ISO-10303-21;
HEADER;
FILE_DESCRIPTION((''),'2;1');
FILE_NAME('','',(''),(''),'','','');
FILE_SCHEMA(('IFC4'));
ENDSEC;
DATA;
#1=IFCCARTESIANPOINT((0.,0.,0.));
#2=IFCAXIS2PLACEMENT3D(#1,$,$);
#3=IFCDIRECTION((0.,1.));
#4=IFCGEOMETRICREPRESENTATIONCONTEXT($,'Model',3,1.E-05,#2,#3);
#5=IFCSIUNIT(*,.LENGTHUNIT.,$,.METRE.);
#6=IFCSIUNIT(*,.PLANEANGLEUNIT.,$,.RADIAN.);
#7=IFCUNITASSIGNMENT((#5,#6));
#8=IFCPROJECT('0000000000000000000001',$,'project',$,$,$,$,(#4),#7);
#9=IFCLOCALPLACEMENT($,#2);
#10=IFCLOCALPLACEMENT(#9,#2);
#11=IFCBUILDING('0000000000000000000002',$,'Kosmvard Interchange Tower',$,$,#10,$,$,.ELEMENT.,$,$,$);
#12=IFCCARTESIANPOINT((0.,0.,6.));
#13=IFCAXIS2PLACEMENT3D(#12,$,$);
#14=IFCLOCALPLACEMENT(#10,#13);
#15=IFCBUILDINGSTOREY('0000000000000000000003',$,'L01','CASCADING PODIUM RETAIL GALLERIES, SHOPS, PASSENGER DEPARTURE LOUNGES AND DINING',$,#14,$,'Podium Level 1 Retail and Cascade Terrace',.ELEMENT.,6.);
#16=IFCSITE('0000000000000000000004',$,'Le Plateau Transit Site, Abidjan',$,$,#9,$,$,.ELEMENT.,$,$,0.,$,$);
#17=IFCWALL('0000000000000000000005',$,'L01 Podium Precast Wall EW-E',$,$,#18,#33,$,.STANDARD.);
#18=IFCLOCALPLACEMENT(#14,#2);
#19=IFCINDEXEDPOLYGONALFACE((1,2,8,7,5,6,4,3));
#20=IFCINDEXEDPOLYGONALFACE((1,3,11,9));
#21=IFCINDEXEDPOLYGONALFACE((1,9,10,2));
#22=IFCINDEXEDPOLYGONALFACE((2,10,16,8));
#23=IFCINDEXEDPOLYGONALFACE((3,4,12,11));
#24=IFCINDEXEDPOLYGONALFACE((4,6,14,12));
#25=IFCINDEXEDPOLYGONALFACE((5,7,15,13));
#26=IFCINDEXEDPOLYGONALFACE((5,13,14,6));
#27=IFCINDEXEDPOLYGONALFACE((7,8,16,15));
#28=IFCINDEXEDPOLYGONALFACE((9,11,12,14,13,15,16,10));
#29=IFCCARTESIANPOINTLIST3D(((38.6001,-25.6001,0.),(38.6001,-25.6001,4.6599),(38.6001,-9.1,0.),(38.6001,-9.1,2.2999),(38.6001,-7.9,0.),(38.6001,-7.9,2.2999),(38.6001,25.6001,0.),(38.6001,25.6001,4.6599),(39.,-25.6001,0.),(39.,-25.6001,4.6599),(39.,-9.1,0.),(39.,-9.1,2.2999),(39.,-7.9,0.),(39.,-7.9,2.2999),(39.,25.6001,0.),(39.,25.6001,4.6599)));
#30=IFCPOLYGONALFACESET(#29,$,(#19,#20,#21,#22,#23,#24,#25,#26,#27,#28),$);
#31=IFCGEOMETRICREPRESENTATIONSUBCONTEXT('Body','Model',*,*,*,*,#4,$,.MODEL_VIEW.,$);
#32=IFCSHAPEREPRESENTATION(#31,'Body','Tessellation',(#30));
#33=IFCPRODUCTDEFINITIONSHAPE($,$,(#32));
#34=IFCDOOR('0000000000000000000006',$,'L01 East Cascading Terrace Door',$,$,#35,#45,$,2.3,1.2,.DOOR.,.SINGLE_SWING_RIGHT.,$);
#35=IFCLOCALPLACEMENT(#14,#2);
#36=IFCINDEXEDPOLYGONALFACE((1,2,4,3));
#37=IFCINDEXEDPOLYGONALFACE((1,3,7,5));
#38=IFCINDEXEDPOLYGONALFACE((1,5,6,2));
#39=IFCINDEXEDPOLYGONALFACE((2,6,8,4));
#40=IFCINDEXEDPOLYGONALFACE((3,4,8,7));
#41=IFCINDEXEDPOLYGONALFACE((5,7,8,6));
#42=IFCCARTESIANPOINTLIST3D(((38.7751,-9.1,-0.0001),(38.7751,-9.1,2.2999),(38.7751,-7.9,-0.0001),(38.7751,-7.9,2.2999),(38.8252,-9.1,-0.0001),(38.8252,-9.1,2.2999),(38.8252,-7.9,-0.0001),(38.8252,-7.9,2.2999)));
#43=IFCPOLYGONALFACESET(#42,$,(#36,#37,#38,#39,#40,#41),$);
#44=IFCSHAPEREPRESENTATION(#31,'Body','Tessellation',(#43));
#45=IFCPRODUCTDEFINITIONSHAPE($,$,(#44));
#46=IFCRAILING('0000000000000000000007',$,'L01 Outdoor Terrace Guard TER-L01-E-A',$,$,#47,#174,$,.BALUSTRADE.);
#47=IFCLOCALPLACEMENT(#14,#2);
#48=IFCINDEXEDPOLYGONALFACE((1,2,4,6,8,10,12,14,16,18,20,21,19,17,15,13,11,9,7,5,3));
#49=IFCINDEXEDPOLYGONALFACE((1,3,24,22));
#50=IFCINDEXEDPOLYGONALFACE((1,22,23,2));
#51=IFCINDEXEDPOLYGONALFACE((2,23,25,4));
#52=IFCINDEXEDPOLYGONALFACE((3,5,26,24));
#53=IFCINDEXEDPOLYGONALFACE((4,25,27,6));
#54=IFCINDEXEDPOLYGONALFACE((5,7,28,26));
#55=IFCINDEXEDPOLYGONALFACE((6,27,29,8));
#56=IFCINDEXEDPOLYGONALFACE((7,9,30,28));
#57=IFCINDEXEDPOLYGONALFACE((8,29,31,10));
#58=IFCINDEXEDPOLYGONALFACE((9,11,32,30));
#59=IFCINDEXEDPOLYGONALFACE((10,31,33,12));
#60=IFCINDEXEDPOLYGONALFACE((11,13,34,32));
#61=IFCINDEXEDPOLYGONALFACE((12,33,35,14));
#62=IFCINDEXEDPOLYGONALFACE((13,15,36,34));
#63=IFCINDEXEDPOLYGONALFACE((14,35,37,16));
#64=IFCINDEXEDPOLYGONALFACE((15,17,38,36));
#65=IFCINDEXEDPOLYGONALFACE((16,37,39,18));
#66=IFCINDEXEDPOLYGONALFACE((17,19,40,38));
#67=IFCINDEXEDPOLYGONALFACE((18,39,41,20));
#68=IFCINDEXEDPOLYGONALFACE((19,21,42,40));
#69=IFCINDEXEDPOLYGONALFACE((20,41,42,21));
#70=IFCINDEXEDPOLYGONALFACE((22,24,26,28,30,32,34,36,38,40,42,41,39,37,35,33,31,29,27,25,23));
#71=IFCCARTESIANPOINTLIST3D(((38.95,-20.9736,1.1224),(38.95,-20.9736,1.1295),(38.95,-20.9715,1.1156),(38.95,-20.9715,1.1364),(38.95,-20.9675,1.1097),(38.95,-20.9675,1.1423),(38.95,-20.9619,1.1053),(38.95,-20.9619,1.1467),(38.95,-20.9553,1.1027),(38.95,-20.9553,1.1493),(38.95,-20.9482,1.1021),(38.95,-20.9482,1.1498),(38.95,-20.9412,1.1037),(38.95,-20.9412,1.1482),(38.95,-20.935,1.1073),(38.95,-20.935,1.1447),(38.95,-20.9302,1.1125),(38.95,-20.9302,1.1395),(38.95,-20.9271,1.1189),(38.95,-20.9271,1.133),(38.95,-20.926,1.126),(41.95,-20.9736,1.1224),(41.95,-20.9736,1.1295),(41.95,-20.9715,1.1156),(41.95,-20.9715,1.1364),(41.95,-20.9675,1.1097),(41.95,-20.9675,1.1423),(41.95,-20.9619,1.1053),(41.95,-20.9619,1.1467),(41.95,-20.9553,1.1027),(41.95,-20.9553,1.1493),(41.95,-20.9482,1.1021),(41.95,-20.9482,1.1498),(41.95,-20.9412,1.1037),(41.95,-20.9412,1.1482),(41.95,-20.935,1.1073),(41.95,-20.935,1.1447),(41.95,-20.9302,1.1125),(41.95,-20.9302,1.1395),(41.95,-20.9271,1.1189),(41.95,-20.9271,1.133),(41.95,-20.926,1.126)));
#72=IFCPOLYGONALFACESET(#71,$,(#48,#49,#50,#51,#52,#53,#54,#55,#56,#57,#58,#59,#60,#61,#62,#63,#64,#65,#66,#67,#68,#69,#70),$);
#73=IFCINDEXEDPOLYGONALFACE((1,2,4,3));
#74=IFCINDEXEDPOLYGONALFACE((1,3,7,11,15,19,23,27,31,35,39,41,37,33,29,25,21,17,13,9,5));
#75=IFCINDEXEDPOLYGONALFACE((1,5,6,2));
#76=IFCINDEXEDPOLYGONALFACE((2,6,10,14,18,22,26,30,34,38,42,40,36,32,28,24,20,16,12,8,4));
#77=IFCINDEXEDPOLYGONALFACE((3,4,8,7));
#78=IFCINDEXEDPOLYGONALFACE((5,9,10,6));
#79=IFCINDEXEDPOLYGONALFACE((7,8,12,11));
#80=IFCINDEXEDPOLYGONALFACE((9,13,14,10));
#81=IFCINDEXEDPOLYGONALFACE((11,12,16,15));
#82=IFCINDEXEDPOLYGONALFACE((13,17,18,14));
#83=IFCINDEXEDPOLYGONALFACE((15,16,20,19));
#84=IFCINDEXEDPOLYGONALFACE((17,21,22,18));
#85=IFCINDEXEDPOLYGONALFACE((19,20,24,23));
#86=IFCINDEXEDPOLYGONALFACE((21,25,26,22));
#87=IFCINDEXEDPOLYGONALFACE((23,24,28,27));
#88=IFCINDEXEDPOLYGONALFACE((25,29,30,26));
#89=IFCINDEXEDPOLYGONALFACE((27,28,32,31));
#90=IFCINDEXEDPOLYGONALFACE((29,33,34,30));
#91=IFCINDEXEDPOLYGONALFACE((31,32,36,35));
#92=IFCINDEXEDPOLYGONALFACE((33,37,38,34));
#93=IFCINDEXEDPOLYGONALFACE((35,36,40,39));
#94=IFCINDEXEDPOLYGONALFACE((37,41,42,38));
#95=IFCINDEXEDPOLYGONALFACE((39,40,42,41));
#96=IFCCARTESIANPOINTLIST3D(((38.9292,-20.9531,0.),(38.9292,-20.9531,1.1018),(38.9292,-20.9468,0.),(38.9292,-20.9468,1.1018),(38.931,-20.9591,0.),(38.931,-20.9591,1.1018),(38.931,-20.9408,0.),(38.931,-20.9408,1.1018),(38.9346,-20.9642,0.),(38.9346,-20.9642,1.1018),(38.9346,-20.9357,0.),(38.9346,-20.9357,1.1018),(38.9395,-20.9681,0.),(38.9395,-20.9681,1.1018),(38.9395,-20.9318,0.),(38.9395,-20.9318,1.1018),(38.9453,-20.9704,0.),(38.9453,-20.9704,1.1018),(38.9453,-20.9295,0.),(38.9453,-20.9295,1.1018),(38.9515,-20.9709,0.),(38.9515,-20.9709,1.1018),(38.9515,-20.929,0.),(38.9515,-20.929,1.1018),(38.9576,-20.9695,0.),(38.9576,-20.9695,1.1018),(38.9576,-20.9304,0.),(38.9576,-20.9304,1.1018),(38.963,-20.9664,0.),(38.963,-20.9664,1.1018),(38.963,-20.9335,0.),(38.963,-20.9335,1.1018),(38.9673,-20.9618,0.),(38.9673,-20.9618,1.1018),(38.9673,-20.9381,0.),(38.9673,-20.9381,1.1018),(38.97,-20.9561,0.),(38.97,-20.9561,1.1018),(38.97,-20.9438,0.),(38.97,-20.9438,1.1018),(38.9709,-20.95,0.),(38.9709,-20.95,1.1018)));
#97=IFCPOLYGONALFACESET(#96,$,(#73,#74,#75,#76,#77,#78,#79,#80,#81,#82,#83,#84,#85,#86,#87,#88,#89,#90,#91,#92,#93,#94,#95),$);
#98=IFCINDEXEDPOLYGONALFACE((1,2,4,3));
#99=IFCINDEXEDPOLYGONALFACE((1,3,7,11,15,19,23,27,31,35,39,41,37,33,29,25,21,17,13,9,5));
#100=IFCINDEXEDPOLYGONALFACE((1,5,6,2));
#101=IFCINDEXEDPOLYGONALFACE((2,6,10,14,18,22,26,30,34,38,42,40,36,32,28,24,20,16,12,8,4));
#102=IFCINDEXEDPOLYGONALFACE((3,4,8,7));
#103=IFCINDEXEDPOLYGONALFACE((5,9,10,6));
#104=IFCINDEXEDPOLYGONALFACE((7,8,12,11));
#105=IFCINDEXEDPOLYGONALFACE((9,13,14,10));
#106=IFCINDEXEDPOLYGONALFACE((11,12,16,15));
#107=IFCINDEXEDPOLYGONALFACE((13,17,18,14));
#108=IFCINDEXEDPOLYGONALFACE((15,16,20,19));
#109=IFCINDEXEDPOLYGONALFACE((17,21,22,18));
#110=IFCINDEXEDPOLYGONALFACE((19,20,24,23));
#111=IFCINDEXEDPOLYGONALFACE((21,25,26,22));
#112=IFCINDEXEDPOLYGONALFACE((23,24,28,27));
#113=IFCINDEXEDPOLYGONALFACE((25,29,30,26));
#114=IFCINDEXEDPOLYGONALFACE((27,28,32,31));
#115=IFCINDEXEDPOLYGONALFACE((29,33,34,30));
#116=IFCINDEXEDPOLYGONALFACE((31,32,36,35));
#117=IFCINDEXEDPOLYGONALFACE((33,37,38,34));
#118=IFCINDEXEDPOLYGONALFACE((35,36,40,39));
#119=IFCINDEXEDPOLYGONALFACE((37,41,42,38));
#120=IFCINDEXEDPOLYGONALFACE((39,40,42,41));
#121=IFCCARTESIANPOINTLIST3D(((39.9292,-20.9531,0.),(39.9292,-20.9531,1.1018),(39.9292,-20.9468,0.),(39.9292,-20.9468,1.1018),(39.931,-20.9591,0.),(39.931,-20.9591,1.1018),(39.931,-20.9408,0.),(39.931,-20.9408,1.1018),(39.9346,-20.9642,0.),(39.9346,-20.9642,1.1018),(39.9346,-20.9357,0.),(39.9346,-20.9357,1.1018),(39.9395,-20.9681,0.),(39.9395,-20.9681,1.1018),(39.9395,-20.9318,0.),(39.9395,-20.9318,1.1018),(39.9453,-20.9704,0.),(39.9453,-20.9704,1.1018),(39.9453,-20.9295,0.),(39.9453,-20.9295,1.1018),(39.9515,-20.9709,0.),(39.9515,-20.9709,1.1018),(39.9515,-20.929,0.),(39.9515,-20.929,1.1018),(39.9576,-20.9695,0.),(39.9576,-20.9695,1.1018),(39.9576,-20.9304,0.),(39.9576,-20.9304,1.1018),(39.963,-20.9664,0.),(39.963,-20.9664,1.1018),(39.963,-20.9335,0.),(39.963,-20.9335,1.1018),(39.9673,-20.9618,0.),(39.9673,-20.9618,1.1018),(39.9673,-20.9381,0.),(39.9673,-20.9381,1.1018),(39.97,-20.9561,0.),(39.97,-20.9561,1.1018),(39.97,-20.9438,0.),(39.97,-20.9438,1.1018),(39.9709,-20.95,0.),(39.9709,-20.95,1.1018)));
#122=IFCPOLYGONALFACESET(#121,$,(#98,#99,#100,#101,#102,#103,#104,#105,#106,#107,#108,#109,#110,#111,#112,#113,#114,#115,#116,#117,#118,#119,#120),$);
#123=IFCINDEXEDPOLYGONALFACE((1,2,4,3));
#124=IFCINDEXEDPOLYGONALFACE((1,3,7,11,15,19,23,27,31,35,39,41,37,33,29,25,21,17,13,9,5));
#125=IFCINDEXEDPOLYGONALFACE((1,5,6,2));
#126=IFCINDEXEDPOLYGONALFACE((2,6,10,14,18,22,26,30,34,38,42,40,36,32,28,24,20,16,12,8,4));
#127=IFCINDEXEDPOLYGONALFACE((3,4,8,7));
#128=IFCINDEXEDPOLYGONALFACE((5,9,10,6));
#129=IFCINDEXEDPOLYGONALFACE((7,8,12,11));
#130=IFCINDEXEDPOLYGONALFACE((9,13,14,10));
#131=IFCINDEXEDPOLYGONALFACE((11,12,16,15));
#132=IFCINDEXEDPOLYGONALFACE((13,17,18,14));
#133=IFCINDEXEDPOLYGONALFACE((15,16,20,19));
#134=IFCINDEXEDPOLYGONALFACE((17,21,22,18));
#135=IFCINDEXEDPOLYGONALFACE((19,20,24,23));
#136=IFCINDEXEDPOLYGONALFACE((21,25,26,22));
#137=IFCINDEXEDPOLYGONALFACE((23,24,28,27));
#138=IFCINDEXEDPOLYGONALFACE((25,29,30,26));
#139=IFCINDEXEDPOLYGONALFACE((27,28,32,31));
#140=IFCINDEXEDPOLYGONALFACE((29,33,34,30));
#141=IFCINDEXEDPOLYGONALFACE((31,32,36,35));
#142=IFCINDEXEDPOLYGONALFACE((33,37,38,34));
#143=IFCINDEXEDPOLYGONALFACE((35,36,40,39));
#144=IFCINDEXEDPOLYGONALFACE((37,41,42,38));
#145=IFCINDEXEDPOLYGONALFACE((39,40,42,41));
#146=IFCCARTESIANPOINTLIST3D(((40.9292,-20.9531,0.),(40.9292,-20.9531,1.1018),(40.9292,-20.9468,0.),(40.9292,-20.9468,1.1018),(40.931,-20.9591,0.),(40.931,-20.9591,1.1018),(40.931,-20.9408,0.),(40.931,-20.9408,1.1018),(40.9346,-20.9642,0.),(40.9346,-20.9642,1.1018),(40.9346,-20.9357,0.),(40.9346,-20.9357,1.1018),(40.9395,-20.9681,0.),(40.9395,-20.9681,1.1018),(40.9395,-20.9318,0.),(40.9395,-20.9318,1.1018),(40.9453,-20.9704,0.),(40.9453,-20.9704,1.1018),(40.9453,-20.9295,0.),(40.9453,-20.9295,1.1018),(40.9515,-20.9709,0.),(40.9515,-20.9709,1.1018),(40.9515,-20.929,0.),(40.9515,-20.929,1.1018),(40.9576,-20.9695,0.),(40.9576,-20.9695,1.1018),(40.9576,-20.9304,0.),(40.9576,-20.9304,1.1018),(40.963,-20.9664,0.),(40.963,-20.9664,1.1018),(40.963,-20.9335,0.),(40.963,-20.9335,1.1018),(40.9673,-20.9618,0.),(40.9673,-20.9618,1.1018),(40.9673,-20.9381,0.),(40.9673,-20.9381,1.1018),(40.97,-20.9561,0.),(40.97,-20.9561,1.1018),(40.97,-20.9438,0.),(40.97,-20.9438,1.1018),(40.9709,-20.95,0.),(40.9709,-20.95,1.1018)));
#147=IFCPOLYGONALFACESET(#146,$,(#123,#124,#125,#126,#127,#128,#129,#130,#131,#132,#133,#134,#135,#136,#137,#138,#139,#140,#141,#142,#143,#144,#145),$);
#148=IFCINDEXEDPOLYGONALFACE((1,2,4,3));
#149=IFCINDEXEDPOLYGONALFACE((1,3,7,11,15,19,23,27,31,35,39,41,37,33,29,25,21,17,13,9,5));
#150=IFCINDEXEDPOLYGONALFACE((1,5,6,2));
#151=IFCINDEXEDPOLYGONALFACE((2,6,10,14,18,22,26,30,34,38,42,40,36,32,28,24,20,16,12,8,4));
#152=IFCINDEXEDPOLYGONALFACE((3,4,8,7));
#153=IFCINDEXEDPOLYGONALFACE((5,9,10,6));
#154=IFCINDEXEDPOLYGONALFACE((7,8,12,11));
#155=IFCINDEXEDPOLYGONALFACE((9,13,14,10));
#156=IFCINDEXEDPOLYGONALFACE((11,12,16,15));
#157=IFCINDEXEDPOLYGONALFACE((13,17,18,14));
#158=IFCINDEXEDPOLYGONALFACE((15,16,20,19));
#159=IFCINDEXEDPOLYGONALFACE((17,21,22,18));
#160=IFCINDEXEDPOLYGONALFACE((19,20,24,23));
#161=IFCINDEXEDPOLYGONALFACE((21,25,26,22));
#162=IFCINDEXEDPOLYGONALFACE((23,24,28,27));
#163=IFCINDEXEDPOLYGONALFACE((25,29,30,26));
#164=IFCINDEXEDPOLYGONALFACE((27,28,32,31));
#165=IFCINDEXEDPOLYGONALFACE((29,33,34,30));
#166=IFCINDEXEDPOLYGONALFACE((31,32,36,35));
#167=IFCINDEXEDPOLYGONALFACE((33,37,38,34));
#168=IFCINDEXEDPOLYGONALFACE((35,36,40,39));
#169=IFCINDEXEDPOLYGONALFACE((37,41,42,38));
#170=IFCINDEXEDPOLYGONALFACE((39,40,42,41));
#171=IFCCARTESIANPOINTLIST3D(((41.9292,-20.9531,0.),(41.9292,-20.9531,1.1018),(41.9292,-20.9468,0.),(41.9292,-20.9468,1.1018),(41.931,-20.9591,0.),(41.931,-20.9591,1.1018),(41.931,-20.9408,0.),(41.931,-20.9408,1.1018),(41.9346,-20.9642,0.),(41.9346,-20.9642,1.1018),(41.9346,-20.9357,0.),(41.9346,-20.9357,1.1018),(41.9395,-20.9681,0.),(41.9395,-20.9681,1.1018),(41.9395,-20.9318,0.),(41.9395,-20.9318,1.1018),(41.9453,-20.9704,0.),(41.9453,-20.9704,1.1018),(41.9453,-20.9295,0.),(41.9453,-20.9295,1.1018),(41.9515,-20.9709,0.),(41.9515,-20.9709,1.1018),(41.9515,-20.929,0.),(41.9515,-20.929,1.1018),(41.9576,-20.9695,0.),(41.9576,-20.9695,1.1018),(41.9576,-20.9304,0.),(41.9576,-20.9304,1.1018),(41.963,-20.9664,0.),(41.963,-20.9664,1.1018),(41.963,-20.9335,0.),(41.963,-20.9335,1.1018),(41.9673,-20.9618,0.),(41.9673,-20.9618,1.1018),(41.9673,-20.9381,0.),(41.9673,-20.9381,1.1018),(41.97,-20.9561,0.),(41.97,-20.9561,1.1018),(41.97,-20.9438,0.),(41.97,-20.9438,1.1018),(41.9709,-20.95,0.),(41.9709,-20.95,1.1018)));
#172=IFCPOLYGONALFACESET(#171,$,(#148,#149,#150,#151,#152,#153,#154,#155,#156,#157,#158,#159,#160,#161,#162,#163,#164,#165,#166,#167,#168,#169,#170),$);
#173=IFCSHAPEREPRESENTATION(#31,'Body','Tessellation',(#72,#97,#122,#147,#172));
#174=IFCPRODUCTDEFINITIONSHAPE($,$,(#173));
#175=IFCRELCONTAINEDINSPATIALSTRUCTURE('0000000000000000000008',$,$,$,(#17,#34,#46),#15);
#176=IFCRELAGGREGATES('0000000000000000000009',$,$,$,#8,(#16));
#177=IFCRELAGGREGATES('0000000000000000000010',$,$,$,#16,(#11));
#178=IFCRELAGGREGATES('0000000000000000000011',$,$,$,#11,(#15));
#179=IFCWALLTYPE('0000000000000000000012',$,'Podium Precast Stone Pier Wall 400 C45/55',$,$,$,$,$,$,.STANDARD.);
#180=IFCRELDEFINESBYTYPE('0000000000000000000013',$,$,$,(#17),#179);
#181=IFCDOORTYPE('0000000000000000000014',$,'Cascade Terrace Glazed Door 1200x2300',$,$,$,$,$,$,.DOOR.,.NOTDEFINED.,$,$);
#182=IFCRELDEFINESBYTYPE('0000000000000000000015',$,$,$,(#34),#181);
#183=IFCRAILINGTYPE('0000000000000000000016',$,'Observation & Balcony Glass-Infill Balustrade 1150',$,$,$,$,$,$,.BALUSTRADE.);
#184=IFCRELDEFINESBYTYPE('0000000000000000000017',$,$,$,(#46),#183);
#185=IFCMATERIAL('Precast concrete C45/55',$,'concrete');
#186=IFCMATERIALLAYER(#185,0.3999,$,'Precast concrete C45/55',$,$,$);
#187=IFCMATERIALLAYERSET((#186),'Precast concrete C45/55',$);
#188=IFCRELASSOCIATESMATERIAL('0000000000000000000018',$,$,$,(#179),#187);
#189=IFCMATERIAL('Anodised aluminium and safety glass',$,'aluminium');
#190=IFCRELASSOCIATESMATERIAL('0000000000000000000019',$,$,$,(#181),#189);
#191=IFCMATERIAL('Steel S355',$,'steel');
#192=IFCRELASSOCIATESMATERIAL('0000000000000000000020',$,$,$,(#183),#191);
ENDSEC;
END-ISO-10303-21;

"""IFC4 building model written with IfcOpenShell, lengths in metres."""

from ifc_helpers import new_model, si_unit, direction, frame, frame_2d, origin, origin_2d, place, context, subcontext, project, spatial, rectangle, circle, extrude, source, transform, mapped, material, layer, layer_set, type_object, element, fill, save


model = new_model("IFC4")

# Units and contexts
model_context = context("Model", 3, precision=1e-05, world=origin(), true_north=direction((0.0, 1.0)))
body_context = subcontext(model_context, "Body", "Model", "MODEL_VIEW")
ifc_project = project(units=[si_unit("LENGTHUNIT", "METRE"), si_unit("PLANEANGLEUNIT", "RADIAN")], contexts=[model_context])

# Site, building, storey
site_placement = place(None, origin())
site = spatial("IfcSite", under=ifc_project, at=site_placement, Name="Le Plateau Transit Site, Abidjan", CompositionType="ELEMENT", RefElevation=0.0)
building_placement = place(site_placement, origin())
building = spatial("IfcBuilding", under=site, at=building_placement, Name="Kosmvard Interchange Tower", CompositionType="ELEMENT")
storey_placement = place(building_placement, frame((0.0, 0.0, 6.0)))
storey = spatial("IfcBuildingStorey", under=building, at=storey_placement, Name="L01", Description="CASCADING PODIUM RETAIL GALLERIES, SHOPS, PASSENGER DEPARTURE LOUNGES AND DINING", LongName="Podium Level 1 Retail and Cascade Terrace", CompositionType="ELEMENT", Elevation=6.0)

# Wall, opening, door
ifc_material_1 = material(Name="Precast concrete C45/55", Category="concrete")
ifc_layer = layer(ifc_material_1, 0.3999, Name="Precast concrete C45/55")
ifc_layer_set = layer_set([ifc_layer], Name="Precast concrete C45/55")
wall_type = type_object("IfcWallType", Name="Podium Precast Stone Pier Wall 400 C45/55", PredefinedType="STANDARD", material=ifc_layer_set)
wall_placement = place(storey_placement, frame((38.8, -25.6001, 0.0), z_axis=(0.0, 0.0, 1.0), x_axis=(0.0, 1.0, 0.0)))
wall = element("IfcWall", 1, at=wall_placement, inside=storey, type_object=wall_type, Name="L01 Podium Precast Wall EW-E", PredefinedType="STANDARD", context=body_context, shape_type="SweptSolid", body=[
    extrude(rectangle(XDim=51.2002, YDim=0.3999, at=frame_2d((25.6001, 0.0))), origin(), (0.0, 0.0, 1.0), 4.6599),
])
opening_placement = place(wall_placement, frame((16.5, 0.0, 0.0)))
opening = element("IfcOpeningElement", 2, at=opening_placement, cuts=wall, PredefinedType="OPENING", context=body_context, shape_type="SweptSolid", body=[
    extrude(rectangle(XDim=1.2, YDim=2.3, at=frame_2d((0.6001, 1.1499))), frame((0.0, 0.21, 0.0), z_axis=(0.0, -1.0, 0.0), x_axis=(1.0, 0.0, 0.0)), (0.0, 0.0, 1.0), 0.4199),
])
ifc_material_2 = material(Name="Anodised aluminium and safety glass", Category="aluminium")
door_type = type_object("IfcDoorType", Name="Cascade Terrace Glazed Door 1200x2300", OperationType="NOTDEFINED", PredefinedType="DOOR", material=ifc_material_2)
shared_shape_1 = source(origin(), body_context, "Body", "SweptSolid", [
    extrude(rectangle(XDim=1.2, YDim=2.3, at=frame_2d((0.6001, 1.1499))), frame((0.0, 0.0249, 0.0), z_axis=(0.0, -1.0, 0.0), x_axis=(1.0, 0.0, 0.0)), (0.0, 0.0, 1.0), 0.05),
])
door_placement = place(opening_placement, origin())
door = element("IfcDoor", 3, at=door_placement, inside=storey, type_object=door_type, Name="L01 East Cascading Terrace Door", OperationType="SINGLE_SWING_RIGHT", OverallHeight=2.3, OverallWidth=1.2, PredefinedType="DOOR", context=body_context, shape_type="MappedRepresentation", body=[
    mapped(shared_shape_1, transform((0.0, 0.0, 0.0), scale=1.0)),
])
fill(opening, door)

# Railing
ifc_material_3 = material(Name="Steel S355", Category="steel")
railing_type = type_object("IfcRailingType", Name="Observation & Balcony Glass-Infill Balustrade 1150", PredefinedType="BALUSTRADE", material=ifc_material_3)
shared_shape_2 = source(origin(), body_context, "Body", "SweptSolid", [
    extrude(circle(Radius=0.0239, at=origin_2d()), frame((0.0, 0.0, 1.126), z_axis=(1.0, 0.0, 0.0), x_axis=(0.0, 1.0, 0.0)), (0.0, 0.0, 1.0), 3.0),
    extrude(circle(Radius=0.021, at=origin_2d()), origin(), (0.0, 0.0, 1.0), 1.1018),
    extrude(circle(Radius=0.021, at=origin_2d()), frame((1.0, 0.0, 0.0)), (0.0, 0.0, 1.0), 1.1018),
    extrude(circle(Radius=0.021, at=origin_2d()), frame((2.0, 0.0, 0.0)), (0.0, 0.0, 1.0), 1.1018),
    extrude(circle(Radius=0.021, at=origin_2d()), frame((3.0, 0.0, 0.0)), (0.0, 0.0, 1.0), 1.1018),
])
railing_1_placement = place(storey_placement, frame((38.95, -20.95, 0.0)))
element("IfcRailing", 4, at=railing_1_placement, inside=storey, type_object=railing_type, Name="L01 Outdoor Terrace Guard TER-L01-E-A", PredefinedType="BALUSTRADE", context=body_context, shape_type="MappedRepresentation", body=[
    mapped(shared_shape_2, transform((0.0, 0.0, 0.0), scale=1.0)),
])

save(model, "model.ifc")
